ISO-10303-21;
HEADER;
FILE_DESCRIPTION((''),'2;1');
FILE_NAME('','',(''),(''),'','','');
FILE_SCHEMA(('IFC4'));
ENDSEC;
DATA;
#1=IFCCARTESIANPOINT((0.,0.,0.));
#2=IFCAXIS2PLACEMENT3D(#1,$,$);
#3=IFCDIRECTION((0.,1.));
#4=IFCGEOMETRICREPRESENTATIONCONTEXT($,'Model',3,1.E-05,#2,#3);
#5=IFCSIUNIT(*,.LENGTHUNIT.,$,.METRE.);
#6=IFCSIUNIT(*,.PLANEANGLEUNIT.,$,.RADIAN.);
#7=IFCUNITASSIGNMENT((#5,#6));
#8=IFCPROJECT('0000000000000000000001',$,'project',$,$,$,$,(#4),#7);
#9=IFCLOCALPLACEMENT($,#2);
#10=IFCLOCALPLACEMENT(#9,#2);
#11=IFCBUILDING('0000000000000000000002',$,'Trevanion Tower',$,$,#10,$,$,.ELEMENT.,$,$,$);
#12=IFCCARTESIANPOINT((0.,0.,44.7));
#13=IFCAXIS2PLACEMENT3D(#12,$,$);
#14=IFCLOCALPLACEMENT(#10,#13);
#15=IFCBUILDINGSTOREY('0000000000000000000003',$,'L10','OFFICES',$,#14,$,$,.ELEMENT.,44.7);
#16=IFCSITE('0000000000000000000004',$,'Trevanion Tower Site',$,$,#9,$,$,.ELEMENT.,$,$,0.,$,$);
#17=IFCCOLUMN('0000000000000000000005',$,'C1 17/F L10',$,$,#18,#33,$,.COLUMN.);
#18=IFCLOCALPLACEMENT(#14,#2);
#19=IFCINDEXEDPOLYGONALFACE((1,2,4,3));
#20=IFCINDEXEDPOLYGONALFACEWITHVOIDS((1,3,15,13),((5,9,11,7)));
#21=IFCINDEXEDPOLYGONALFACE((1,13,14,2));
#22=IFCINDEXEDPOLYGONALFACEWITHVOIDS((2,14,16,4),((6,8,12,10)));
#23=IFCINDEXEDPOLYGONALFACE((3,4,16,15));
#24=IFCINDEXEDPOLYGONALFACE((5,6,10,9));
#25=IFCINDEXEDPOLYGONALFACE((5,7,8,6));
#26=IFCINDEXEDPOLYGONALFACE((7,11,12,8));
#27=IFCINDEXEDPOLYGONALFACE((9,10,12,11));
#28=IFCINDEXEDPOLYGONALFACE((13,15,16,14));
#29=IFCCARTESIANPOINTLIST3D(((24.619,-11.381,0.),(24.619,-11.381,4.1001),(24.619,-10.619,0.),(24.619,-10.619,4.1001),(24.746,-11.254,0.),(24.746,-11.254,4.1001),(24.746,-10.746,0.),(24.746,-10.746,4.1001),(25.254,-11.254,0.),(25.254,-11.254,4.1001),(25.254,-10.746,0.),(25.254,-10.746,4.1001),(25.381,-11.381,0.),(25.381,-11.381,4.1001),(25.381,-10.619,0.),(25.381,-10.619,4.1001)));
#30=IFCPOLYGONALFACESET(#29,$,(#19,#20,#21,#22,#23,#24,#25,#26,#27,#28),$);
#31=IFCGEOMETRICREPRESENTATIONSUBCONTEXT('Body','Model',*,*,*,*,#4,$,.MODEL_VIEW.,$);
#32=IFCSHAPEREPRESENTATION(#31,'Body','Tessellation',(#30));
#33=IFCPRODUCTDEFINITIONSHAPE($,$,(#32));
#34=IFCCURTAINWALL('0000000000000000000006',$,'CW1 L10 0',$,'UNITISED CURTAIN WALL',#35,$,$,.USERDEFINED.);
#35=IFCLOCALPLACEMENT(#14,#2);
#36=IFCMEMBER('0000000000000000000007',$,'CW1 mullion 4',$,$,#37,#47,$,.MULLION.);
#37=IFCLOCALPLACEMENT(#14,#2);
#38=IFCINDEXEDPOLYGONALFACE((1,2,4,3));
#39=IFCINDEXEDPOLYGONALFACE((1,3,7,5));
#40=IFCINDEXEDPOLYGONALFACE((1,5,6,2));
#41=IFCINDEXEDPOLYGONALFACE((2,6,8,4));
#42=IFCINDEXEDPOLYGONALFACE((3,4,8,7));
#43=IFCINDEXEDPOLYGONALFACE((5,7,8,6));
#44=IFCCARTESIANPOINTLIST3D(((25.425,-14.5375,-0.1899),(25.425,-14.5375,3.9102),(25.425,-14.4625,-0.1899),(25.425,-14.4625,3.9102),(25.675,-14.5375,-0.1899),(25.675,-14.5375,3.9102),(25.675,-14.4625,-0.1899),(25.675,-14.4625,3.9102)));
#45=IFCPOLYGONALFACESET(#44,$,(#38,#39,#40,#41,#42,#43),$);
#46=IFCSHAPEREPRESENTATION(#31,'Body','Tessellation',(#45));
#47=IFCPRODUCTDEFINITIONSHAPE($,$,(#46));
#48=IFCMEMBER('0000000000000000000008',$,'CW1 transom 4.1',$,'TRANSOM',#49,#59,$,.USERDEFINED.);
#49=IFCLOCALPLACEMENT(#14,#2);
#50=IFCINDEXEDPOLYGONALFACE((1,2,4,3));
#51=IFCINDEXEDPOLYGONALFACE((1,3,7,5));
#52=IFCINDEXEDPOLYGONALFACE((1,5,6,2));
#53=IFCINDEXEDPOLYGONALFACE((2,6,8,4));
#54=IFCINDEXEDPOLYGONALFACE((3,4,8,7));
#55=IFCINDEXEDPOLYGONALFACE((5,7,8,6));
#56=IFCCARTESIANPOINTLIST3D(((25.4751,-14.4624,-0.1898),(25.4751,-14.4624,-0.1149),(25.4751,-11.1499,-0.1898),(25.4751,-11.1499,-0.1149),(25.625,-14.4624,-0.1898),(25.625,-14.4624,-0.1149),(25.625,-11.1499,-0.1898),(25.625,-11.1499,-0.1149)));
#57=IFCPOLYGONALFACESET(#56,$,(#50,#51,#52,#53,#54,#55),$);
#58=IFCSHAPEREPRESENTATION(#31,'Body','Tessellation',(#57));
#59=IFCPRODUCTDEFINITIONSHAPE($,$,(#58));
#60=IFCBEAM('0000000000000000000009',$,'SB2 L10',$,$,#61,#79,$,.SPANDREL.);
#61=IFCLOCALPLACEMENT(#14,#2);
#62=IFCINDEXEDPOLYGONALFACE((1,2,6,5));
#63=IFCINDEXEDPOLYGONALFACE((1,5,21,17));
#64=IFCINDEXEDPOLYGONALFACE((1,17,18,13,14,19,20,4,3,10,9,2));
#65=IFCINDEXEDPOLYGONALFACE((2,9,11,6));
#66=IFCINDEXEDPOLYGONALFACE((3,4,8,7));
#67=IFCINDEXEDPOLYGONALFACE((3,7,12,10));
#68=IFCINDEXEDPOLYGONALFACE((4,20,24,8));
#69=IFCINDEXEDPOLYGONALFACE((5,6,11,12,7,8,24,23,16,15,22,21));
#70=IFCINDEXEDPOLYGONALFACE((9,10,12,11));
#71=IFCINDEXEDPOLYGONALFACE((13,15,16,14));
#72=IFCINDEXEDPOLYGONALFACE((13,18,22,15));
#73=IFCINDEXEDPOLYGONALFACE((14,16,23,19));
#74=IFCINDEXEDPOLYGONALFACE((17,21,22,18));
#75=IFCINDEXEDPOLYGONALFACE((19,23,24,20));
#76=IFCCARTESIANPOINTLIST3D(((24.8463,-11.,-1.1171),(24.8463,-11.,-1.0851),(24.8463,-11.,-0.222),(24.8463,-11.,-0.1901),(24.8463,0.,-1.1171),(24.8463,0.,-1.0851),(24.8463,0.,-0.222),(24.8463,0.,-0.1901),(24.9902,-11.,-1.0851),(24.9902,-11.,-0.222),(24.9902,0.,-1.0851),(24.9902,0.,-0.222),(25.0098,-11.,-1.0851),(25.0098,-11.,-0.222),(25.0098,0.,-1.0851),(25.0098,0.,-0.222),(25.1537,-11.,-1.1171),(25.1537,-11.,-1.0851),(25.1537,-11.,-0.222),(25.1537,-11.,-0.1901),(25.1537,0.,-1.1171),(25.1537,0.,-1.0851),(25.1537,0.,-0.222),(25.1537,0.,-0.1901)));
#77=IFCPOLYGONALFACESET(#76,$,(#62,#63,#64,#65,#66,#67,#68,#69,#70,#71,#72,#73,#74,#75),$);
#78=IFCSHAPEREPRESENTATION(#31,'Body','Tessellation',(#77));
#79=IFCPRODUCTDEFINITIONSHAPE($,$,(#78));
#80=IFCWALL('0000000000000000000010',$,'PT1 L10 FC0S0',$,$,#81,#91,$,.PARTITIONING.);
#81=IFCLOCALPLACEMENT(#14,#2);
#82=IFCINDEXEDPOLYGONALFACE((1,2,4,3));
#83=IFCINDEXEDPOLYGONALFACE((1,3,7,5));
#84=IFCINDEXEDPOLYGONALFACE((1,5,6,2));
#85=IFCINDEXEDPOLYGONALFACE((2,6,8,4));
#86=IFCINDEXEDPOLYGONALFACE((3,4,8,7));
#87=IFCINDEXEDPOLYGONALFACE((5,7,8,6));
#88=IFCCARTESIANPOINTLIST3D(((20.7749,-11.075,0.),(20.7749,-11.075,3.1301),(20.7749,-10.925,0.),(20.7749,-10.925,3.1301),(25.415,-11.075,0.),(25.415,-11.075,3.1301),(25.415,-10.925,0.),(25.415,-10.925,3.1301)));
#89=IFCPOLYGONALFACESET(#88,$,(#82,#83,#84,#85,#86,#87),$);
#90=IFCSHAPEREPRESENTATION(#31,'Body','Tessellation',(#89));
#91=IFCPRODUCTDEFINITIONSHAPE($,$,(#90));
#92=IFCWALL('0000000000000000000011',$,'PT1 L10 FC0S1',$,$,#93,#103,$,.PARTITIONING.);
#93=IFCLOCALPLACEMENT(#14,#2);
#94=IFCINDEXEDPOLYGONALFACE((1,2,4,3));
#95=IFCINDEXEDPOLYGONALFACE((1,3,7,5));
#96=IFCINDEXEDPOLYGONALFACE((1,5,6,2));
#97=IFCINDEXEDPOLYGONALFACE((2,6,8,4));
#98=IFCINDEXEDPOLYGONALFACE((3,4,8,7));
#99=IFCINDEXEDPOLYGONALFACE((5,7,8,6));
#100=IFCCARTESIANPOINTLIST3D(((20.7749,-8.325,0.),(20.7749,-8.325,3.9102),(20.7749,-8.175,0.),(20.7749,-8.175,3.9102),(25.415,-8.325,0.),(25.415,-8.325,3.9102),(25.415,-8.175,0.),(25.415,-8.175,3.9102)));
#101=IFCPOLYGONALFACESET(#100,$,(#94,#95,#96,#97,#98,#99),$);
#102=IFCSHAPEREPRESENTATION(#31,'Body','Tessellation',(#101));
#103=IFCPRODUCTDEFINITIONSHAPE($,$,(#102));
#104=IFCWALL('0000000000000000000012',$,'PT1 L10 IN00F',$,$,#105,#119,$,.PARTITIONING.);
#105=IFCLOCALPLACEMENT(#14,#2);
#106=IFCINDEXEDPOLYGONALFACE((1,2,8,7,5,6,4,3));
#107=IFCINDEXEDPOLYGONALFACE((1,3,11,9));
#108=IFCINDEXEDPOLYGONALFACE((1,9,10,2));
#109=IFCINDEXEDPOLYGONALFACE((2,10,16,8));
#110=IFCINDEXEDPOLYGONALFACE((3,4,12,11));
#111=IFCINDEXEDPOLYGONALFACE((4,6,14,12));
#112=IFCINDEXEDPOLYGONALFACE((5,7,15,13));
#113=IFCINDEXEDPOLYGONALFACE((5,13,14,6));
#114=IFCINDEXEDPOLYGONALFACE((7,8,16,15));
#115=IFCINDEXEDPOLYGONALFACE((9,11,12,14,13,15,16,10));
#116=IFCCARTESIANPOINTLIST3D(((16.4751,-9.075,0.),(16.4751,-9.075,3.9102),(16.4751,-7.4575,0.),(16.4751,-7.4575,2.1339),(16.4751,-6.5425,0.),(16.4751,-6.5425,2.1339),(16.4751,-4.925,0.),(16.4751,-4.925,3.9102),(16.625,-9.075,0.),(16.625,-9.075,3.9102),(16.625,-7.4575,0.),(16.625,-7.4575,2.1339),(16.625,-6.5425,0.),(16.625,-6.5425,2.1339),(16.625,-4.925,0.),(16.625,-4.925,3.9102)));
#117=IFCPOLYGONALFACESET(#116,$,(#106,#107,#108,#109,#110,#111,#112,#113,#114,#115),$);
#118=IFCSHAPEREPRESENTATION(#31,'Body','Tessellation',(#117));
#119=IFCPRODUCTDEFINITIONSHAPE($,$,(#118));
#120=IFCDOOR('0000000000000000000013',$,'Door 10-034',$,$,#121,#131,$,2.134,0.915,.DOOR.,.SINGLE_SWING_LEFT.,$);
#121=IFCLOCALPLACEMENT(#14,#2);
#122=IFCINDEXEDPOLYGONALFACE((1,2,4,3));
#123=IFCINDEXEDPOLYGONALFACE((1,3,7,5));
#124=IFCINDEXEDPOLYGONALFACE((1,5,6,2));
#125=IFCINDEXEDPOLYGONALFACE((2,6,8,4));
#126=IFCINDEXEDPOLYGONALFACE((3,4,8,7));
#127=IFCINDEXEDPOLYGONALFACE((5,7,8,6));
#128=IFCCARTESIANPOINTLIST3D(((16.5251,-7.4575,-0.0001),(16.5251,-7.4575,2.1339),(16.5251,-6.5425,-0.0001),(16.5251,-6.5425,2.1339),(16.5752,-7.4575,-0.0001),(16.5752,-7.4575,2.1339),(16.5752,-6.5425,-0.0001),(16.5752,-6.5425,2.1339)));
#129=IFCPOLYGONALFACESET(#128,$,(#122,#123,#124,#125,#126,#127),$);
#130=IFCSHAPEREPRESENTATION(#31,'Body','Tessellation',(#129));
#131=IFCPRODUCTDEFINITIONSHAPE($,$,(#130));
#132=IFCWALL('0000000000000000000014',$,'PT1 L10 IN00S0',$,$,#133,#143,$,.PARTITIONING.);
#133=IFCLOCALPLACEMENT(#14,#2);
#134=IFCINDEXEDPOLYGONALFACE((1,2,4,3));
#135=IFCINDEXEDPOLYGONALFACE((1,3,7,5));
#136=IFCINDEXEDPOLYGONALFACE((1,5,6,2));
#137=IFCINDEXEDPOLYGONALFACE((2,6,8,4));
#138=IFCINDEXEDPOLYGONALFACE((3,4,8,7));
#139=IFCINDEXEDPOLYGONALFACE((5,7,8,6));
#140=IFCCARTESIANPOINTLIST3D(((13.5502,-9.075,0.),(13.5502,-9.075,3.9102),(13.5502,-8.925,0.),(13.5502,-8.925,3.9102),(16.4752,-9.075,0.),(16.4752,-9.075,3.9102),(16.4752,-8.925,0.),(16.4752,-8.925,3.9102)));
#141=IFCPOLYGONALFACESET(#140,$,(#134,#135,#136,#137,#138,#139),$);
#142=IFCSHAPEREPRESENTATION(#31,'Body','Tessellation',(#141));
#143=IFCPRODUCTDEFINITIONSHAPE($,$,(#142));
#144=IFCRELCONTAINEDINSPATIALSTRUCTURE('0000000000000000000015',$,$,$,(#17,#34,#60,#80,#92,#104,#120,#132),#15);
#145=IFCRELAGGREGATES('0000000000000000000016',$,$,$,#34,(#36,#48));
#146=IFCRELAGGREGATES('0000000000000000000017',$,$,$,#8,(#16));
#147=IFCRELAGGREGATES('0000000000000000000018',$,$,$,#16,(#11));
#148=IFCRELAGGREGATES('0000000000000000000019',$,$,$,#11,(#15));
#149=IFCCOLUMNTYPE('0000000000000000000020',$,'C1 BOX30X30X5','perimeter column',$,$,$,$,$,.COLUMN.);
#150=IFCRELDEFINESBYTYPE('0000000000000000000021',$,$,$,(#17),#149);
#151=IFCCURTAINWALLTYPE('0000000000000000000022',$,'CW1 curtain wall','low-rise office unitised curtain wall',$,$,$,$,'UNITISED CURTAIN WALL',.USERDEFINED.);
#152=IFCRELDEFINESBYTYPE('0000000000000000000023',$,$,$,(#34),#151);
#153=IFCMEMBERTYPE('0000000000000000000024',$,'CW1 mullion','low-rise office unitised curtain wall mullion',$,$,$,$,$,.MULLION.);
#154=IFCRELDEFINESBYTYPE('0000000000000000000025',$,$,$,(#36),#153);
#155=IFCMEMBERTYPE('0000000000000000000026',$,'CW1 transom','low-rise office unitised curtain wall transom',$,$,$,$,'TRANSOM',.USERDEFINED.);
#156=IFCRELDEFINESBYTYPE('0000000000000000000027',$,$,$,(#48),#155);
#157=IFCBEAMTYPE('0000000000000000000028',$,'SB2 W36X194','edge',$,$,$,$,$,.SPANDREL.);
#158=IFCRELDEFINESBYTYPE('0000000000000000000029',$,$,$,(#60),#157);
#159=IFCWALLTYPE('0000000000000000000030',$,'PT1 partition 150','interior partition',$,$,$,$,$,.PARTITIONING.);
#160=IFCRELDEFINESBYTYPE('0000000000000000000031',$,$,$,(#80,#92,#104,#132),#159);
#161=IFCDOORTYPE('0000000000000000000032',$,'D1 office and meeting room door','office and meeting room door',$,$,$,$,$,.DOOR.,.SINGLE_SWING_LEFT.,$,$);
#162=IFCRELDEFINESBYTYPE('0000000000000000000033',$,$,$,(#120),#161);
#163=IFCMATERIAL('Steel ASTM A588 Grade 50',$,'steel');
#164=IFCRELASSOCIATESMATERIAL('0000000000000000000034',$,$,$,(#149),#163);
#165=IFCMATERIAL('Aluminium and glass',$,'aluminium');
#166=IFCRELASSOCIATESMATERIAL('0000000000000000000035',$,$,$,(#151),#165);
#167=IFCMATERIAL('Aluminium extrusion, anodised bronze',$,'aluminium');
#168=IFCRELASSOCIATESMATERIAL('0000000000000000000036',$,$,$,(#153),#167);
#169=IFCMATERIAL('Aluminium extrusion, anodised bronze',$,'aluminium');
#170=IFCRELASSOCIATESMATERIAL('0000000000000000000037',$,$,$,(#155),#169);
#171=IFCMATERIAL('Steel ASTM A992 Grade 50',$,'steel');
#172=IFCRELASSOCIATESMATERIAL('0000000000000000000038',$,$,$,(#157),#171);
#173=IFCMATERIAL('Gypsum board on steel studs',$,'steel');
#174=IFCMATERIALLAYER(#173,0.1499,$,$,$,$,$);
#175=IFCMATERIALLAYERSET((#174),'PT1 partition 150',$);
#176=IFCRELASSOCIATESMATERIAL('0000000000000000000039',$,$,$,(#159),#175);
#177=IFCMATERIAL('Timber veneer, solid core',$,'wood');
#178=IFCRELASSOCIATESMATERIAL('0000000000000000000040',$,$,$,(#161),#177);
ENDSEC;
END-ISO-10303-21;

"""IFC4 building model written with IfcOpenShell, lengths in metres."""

from ifc_helpers import new_model, si_unit, direction, frame, frame_2d, origin, origin_2d, place, context, subcontext, project, spatial, rectangle, hollow_rectangle, i_section, extrude, material, layer, layer_set, material_profile, profile_set, type_object, element, fill, aggregate, save


model = new_model("IFC4")

# Units and contexts
model_context = context("Model", 3, precision=1e-05, world=origin(), true_north=direction((0.0, 1.0)))
body_context = subcontext(model_context, "Body", "Model", "MODEL_VIEW")
ifc_project = project(units=[si_unit("LENGTHUNIT", "METRE"), si_unit("PLANEANGLEUNIT", "RADIAN")], contexts=[model_context])

# Site, building, storey
site_placement = place(None, origin())
site = spatial("IfcSite", under=ifc_project, at=site_placement, Name="Trevanion Tower Site", CompositionType="ELEMENT", RefElevation=0.0)
building_placement = place(site_placement, origin())
building = spatial("IfcBuilding", under=site, at=building_placement, Name="Trevanion Tower", CompositionType="ELEMENT")
storey_placement = place(building_placement, frame((0.0, 0.0, 44.7)))
storey = spatial("IfcBuildingStorey", under=building, at=storey_placement, Name="L10", Description="OFFICES", CompositionType="ELEMENT", Elevation=44.7)

# Column
ifc_material_1 = material(Name="Steel ASTM A588 Grade 50", Category="steel")
ifc_material_profile_1 = material_profile(ifc_material_1, hollow_rectangle(XDim=0.762, YDim=0.762, WallThickness=0.127, at=origin_2d()), Name="BOX30X30X5")
ifc_profile_set_1 = profile_set([ifc_material_profile_1], Name="Steel ASTM A588 Grade 50")
column_type = type_object("IfcColumnType", Name="C1 BOX30X30X5", Description="perimeter column", PredefinedType="COLUMN", material=ifc_profile_set_1)
column_placement = place(storey_placement, frame((25.0, -11.0, 0.0), z_axis=(0.0, 0.0, 1.0), x_axis=(0.0, 1.0, 0.0)))
element("IfcColumn", 1, at=column_placement, inside=storey, type_object=column_type, Name="C1 17/F L10", PredefinedType="COLUMN", context=body_context, shape_type="SweptSolid", body=[
    extrude(hollow_rectangle(XDim=0.762, YDim=0.762, WallThickness=0.127, at=origin_2d()), origin(), (0.0, 0.0, 1.0), 4.1001),
])

# Curtain wall, members
ifc_material_2 = material(Name="Aluminium and glass", Category="aluminium")
curtain_wall_type = type_object("IfcCurtainWallType", Name="CW1 curtain wall", Description="low-rise office unitised curtain wall", ElementType="UNITISED CURTAIN WALL", PredefinedType="USERDEFINED", material=ifc_material_2)
curtain_wall_placement = place(storey_placement, origin())
curtain_wall = element("IfcCurtainWall", 2, at=curtain_wall_placement, inside=storey, type_object=curtain_wall_type, Name="CW1 L10 0", ObjectType="UNITISED CURTAIN WALL", PredefinedType="USERDEFINED")
ifc_material_3 = material(Name="Aluminium extrusion, anodised bronze", Category="aluminium")
ifc_material_profile_2 = material_profile(ifc_material_3, rectangle(XDim=0.075, YDim=0.25, at=origin_2d()), Name="CW1 mullion")
ifc_profile_set_2 = profile_set([ifc_material_profile_2], Name="Aluminium extrusion, anodised bronze")
member_type_1 = type_object("IfcMemberType", Name="CW1 mullion", Description="low-rise office unitised curtain wall mullion", PredefinedType="MULLION", material=ifc_profile_set_2)
member_1_placement = place(storey_placement, frame((25.55, -14.5, -0.1899), z_axis=(0.0, 0.0, 1.0), x_axis=(0.0, 1.0, 0.0)))
member_1 = element("IfcMember", 3, at=member_1_placement, type_object=member_type_1, Name="CW1 mullion 4", PredefinedType="MULLION", context=body_context, shape_type="SweptSolid", body=[
    extrude(rectangle(XDim=0.075, YDim=0.25, at=origin_2d()), origin(), (0.0, 0.0, 1.0), 4.1001),
])
ifc_material_4 = material(Name="Aluminium extrusion, anodised bronze", Category="aluminium")
ifc_material_profile_3 = material_profile(ifc_material_4, rectangle(XDim=0.1499, YDim=0.075, at=origin_2d()), Name="CW1 transom")
ifc_profile_set_3 = profile_set([ifc_material_profile_3], Name="Aluminium extrusion, anodised bronze")
member_type_2 = type_object("IfcMemberType", Name="CW1 transom", Description="low-rise office unitised curtain wall transom", ElementType="TRANSOM", PredefinedType="USERDEFINED", material=ifc_profile_set_3)
member_2_placement = place(storey_placement, frame((25.55, -14.4624, -0.1523), z_axis=(0.0, 1.0, 0.0), x_axis=(-1.0, 0.0, 0.0)))
member_2 = element("IfcMember", 4, at=member_2_placement, type_object=member_type_2, Name="CW1 transom 4.1", ObjectType="TRANSOM", PredefinedType="USERDEFINED", context=body_context, shape_type="SweptSolid", body=[
    extrude(rectangle(XDim=0.1499, YDim=0.075, at=origin_2d()), origin(), (0.0, 0.0, 1.0), 3.3125),
])
aggregate(curtain_wall, [member_1, member_2])

# Beam
ifc_material_5 = material(Name="Steel ASTM A992 Grade 50", Category="steel")
ifc_material_profile_4 = material_profile(ifc_material_5, i_section(OverallWidth=0.3074, OverallDepth=0.927, WebThickness=0.0195, FlangeThickness=0.032, at=origin_2d()), Name="W36X194")
ifc_profile_set_4 = profile_set([ifc_material_profile_4], Name="Steel ASTM A992 Grade 50")
beam_type = type_object("IfcBeamType", Name="SB2 W36X194", Description="edge", PredefinedType="SPANDREL", material=ifc_profile_set_4)
beam_placement = place(storey_placement, frame((25.0, -11.0, -0.6536), z_axis=(0.0, 1.0, 0.0), x_axis=(-1.0, 0.0, 0.0)))
element("IfcBeam", 5, at=beam_placement, inside=storey, type_object=beam_type, Name="SB2 L10", PredefinedType="SPANDREL", context=body_context, shape_type="SweptSolid", body=[
    extrude(i_section(OverallWidth=0.3074, OverallDepth=0.927, WebThickness=0.0195, FlangeThickness=0.032, at=origin_2d()), origin(), (0.0, 0.0, 1.0), 11.0),
])

# Shared definitions
ifc_material_6 = material(Name="Gypsum board on steel studs", Category="steel")
ifc_layer = layer(ifc_material_6, 0.1499)
ifc_layer_set = layer_set([ifc_layer], Name="PT1 partition 150")
wall_type = type_object("IfcWallType", Name="PT1 partition 150", Description="interior partition", PredefinedType="PARTITIONING", material=ifc_layer_set)
ifc_material_7 = material(Name="Timber veneer, solid core", Category="wood")
door_type = type_object("IfcDoorType", Name="D1 office and meeting room door", Description="office and meeting room door", OperationType="SINGLE_SWING_LEFT", PredefinedType="DOOR", material=ifc_material_7)

# Walls
wall_1_placement = place(storey_placement, frame((20.7749, -11.0, 0.0), z_axis=(0.0, 0.0, 1.0), x_axis=(1.0, 0.0, 0.0)))
element("IfcWall", 6, at=wall_1_placement, inside=storey, type_object=wall_type, Name="PT1 L10 FC0S0", PredefinedType="PARTITIONING", context=body_context, shape_type="SweptSolid", body=[
    extrude(rectangle(XDim=4.6401, YDim=0.1499, at=frame_2d((2.3201, 0.0))), origin(), (0.0, 0.0, 1.0), 3.1301),
])
wall_2_placement = place(storey_placement, frame((20.7749, -8.25, 0.0), z_axis=(0.0, 0.0, 1.0), x_axis=(1.0, 0.0, 0.0)))
element("IfcWall", 7, at=wall_2_placement, inside=storey, type_object=wall_type, Name="PT1 L10 FC0S1", PredefinedType="PARTITIONING", context=body_context, shape_type="SweptSolid", body=[
    extrude(rectangle(XDim=4.6401, YDim=0.1499, at=frame_2d((2.3201, 0.0))), origin(), (0.0, 0.0, 1.0), 3.9102),
])

# Wall, opening, door
wall_3_placement = place(storey_placement, frame((16.55, -9.075, 0.0), z_axis=(0.0, 0.0, 1.0), x_axis=(0.0, 1.0, 0.0)))
wall_3 = element("IfcWall", 8, at=wall_3_placement, inside=storey, type_object=wall_type, Name="PT1 L10 IN00F", PredefinedType="PARTITIONING", context=body_context, shape_type="SweptSolid", body=[
    extrude(rectangle(XDim=4.1499, YDim=0.1499, at=frame_2d((2.075, 0.0))), origin(), (0.0, 0.0, 1.0), 3.9102),
])
opening_1_placement = place(wall_3_placement, frame((1.6174, 0.0, 0.0)))
opening_1 = element("IfcOpeningElement", 9, at=opening_1_placement, cuts=wall_3, PredefinedType="OPENING", context=body_context, shape_type="SweptSolid", body=[
    extrude(rectangle(XDim=0.915, YDim=2.134, at=frame_2d((0.4575, 1.0669))), frame((0.0, 0.085, 0.0), z_axis=(0.0, -1.0, 0.0), x_axis=(1.0, 0.0, 0.0)), (0.0, 0.0, 1.0), 0.1699),
])
door_1_placement = place(opening_1_placement, origin())
door_1 = element("IfcDoor", 10, at=door_1_placement, inside=storey, type_object=door_type, Name="Door 10-034", OperationType="SINGLE_SWING_LEFT", OverallHeight=2.134, OverallWidth=0.915, PredefinedType="DOOR", context=body_context, shape_type="SweptSolid", body=[
    extrude(rectangle(XDim=0.915, YDim=2.134, at=frame_2d((0.4575, 1.0669))), frame((0.0, 0.0249, 0.0), z_axis=(0.0, -1.0, 0.0), x_axis=(1.0, 0.0, 0.0)), (0.0, 0.0, 1.0), 0.05),
])
fill(opening_1, door_1)

# Wall
wall_4_placement = place(storey_placement, frame((16.4751, -9.0, 0.0), z_axis=(0.0, 0.0, 1.0), x_axis=(-1.0, 0.0, 0.0)))
element("IfcWall", 11, at=wall_4_placement, inside=storey, type_object=wall_type, Name="PT1 L10 IN00S0", PredefinedType="PARTITIONING", context=body_context, shape_type="SweptSolid", body=[
    extrude(rectangle(XDim=2.925, YDim=0.1499, at=frame_2d((1.4624, 0.0))), origin(), (0.0, 0.0, 1.0), 3.9102),
])

save(model, "model.ifc")
